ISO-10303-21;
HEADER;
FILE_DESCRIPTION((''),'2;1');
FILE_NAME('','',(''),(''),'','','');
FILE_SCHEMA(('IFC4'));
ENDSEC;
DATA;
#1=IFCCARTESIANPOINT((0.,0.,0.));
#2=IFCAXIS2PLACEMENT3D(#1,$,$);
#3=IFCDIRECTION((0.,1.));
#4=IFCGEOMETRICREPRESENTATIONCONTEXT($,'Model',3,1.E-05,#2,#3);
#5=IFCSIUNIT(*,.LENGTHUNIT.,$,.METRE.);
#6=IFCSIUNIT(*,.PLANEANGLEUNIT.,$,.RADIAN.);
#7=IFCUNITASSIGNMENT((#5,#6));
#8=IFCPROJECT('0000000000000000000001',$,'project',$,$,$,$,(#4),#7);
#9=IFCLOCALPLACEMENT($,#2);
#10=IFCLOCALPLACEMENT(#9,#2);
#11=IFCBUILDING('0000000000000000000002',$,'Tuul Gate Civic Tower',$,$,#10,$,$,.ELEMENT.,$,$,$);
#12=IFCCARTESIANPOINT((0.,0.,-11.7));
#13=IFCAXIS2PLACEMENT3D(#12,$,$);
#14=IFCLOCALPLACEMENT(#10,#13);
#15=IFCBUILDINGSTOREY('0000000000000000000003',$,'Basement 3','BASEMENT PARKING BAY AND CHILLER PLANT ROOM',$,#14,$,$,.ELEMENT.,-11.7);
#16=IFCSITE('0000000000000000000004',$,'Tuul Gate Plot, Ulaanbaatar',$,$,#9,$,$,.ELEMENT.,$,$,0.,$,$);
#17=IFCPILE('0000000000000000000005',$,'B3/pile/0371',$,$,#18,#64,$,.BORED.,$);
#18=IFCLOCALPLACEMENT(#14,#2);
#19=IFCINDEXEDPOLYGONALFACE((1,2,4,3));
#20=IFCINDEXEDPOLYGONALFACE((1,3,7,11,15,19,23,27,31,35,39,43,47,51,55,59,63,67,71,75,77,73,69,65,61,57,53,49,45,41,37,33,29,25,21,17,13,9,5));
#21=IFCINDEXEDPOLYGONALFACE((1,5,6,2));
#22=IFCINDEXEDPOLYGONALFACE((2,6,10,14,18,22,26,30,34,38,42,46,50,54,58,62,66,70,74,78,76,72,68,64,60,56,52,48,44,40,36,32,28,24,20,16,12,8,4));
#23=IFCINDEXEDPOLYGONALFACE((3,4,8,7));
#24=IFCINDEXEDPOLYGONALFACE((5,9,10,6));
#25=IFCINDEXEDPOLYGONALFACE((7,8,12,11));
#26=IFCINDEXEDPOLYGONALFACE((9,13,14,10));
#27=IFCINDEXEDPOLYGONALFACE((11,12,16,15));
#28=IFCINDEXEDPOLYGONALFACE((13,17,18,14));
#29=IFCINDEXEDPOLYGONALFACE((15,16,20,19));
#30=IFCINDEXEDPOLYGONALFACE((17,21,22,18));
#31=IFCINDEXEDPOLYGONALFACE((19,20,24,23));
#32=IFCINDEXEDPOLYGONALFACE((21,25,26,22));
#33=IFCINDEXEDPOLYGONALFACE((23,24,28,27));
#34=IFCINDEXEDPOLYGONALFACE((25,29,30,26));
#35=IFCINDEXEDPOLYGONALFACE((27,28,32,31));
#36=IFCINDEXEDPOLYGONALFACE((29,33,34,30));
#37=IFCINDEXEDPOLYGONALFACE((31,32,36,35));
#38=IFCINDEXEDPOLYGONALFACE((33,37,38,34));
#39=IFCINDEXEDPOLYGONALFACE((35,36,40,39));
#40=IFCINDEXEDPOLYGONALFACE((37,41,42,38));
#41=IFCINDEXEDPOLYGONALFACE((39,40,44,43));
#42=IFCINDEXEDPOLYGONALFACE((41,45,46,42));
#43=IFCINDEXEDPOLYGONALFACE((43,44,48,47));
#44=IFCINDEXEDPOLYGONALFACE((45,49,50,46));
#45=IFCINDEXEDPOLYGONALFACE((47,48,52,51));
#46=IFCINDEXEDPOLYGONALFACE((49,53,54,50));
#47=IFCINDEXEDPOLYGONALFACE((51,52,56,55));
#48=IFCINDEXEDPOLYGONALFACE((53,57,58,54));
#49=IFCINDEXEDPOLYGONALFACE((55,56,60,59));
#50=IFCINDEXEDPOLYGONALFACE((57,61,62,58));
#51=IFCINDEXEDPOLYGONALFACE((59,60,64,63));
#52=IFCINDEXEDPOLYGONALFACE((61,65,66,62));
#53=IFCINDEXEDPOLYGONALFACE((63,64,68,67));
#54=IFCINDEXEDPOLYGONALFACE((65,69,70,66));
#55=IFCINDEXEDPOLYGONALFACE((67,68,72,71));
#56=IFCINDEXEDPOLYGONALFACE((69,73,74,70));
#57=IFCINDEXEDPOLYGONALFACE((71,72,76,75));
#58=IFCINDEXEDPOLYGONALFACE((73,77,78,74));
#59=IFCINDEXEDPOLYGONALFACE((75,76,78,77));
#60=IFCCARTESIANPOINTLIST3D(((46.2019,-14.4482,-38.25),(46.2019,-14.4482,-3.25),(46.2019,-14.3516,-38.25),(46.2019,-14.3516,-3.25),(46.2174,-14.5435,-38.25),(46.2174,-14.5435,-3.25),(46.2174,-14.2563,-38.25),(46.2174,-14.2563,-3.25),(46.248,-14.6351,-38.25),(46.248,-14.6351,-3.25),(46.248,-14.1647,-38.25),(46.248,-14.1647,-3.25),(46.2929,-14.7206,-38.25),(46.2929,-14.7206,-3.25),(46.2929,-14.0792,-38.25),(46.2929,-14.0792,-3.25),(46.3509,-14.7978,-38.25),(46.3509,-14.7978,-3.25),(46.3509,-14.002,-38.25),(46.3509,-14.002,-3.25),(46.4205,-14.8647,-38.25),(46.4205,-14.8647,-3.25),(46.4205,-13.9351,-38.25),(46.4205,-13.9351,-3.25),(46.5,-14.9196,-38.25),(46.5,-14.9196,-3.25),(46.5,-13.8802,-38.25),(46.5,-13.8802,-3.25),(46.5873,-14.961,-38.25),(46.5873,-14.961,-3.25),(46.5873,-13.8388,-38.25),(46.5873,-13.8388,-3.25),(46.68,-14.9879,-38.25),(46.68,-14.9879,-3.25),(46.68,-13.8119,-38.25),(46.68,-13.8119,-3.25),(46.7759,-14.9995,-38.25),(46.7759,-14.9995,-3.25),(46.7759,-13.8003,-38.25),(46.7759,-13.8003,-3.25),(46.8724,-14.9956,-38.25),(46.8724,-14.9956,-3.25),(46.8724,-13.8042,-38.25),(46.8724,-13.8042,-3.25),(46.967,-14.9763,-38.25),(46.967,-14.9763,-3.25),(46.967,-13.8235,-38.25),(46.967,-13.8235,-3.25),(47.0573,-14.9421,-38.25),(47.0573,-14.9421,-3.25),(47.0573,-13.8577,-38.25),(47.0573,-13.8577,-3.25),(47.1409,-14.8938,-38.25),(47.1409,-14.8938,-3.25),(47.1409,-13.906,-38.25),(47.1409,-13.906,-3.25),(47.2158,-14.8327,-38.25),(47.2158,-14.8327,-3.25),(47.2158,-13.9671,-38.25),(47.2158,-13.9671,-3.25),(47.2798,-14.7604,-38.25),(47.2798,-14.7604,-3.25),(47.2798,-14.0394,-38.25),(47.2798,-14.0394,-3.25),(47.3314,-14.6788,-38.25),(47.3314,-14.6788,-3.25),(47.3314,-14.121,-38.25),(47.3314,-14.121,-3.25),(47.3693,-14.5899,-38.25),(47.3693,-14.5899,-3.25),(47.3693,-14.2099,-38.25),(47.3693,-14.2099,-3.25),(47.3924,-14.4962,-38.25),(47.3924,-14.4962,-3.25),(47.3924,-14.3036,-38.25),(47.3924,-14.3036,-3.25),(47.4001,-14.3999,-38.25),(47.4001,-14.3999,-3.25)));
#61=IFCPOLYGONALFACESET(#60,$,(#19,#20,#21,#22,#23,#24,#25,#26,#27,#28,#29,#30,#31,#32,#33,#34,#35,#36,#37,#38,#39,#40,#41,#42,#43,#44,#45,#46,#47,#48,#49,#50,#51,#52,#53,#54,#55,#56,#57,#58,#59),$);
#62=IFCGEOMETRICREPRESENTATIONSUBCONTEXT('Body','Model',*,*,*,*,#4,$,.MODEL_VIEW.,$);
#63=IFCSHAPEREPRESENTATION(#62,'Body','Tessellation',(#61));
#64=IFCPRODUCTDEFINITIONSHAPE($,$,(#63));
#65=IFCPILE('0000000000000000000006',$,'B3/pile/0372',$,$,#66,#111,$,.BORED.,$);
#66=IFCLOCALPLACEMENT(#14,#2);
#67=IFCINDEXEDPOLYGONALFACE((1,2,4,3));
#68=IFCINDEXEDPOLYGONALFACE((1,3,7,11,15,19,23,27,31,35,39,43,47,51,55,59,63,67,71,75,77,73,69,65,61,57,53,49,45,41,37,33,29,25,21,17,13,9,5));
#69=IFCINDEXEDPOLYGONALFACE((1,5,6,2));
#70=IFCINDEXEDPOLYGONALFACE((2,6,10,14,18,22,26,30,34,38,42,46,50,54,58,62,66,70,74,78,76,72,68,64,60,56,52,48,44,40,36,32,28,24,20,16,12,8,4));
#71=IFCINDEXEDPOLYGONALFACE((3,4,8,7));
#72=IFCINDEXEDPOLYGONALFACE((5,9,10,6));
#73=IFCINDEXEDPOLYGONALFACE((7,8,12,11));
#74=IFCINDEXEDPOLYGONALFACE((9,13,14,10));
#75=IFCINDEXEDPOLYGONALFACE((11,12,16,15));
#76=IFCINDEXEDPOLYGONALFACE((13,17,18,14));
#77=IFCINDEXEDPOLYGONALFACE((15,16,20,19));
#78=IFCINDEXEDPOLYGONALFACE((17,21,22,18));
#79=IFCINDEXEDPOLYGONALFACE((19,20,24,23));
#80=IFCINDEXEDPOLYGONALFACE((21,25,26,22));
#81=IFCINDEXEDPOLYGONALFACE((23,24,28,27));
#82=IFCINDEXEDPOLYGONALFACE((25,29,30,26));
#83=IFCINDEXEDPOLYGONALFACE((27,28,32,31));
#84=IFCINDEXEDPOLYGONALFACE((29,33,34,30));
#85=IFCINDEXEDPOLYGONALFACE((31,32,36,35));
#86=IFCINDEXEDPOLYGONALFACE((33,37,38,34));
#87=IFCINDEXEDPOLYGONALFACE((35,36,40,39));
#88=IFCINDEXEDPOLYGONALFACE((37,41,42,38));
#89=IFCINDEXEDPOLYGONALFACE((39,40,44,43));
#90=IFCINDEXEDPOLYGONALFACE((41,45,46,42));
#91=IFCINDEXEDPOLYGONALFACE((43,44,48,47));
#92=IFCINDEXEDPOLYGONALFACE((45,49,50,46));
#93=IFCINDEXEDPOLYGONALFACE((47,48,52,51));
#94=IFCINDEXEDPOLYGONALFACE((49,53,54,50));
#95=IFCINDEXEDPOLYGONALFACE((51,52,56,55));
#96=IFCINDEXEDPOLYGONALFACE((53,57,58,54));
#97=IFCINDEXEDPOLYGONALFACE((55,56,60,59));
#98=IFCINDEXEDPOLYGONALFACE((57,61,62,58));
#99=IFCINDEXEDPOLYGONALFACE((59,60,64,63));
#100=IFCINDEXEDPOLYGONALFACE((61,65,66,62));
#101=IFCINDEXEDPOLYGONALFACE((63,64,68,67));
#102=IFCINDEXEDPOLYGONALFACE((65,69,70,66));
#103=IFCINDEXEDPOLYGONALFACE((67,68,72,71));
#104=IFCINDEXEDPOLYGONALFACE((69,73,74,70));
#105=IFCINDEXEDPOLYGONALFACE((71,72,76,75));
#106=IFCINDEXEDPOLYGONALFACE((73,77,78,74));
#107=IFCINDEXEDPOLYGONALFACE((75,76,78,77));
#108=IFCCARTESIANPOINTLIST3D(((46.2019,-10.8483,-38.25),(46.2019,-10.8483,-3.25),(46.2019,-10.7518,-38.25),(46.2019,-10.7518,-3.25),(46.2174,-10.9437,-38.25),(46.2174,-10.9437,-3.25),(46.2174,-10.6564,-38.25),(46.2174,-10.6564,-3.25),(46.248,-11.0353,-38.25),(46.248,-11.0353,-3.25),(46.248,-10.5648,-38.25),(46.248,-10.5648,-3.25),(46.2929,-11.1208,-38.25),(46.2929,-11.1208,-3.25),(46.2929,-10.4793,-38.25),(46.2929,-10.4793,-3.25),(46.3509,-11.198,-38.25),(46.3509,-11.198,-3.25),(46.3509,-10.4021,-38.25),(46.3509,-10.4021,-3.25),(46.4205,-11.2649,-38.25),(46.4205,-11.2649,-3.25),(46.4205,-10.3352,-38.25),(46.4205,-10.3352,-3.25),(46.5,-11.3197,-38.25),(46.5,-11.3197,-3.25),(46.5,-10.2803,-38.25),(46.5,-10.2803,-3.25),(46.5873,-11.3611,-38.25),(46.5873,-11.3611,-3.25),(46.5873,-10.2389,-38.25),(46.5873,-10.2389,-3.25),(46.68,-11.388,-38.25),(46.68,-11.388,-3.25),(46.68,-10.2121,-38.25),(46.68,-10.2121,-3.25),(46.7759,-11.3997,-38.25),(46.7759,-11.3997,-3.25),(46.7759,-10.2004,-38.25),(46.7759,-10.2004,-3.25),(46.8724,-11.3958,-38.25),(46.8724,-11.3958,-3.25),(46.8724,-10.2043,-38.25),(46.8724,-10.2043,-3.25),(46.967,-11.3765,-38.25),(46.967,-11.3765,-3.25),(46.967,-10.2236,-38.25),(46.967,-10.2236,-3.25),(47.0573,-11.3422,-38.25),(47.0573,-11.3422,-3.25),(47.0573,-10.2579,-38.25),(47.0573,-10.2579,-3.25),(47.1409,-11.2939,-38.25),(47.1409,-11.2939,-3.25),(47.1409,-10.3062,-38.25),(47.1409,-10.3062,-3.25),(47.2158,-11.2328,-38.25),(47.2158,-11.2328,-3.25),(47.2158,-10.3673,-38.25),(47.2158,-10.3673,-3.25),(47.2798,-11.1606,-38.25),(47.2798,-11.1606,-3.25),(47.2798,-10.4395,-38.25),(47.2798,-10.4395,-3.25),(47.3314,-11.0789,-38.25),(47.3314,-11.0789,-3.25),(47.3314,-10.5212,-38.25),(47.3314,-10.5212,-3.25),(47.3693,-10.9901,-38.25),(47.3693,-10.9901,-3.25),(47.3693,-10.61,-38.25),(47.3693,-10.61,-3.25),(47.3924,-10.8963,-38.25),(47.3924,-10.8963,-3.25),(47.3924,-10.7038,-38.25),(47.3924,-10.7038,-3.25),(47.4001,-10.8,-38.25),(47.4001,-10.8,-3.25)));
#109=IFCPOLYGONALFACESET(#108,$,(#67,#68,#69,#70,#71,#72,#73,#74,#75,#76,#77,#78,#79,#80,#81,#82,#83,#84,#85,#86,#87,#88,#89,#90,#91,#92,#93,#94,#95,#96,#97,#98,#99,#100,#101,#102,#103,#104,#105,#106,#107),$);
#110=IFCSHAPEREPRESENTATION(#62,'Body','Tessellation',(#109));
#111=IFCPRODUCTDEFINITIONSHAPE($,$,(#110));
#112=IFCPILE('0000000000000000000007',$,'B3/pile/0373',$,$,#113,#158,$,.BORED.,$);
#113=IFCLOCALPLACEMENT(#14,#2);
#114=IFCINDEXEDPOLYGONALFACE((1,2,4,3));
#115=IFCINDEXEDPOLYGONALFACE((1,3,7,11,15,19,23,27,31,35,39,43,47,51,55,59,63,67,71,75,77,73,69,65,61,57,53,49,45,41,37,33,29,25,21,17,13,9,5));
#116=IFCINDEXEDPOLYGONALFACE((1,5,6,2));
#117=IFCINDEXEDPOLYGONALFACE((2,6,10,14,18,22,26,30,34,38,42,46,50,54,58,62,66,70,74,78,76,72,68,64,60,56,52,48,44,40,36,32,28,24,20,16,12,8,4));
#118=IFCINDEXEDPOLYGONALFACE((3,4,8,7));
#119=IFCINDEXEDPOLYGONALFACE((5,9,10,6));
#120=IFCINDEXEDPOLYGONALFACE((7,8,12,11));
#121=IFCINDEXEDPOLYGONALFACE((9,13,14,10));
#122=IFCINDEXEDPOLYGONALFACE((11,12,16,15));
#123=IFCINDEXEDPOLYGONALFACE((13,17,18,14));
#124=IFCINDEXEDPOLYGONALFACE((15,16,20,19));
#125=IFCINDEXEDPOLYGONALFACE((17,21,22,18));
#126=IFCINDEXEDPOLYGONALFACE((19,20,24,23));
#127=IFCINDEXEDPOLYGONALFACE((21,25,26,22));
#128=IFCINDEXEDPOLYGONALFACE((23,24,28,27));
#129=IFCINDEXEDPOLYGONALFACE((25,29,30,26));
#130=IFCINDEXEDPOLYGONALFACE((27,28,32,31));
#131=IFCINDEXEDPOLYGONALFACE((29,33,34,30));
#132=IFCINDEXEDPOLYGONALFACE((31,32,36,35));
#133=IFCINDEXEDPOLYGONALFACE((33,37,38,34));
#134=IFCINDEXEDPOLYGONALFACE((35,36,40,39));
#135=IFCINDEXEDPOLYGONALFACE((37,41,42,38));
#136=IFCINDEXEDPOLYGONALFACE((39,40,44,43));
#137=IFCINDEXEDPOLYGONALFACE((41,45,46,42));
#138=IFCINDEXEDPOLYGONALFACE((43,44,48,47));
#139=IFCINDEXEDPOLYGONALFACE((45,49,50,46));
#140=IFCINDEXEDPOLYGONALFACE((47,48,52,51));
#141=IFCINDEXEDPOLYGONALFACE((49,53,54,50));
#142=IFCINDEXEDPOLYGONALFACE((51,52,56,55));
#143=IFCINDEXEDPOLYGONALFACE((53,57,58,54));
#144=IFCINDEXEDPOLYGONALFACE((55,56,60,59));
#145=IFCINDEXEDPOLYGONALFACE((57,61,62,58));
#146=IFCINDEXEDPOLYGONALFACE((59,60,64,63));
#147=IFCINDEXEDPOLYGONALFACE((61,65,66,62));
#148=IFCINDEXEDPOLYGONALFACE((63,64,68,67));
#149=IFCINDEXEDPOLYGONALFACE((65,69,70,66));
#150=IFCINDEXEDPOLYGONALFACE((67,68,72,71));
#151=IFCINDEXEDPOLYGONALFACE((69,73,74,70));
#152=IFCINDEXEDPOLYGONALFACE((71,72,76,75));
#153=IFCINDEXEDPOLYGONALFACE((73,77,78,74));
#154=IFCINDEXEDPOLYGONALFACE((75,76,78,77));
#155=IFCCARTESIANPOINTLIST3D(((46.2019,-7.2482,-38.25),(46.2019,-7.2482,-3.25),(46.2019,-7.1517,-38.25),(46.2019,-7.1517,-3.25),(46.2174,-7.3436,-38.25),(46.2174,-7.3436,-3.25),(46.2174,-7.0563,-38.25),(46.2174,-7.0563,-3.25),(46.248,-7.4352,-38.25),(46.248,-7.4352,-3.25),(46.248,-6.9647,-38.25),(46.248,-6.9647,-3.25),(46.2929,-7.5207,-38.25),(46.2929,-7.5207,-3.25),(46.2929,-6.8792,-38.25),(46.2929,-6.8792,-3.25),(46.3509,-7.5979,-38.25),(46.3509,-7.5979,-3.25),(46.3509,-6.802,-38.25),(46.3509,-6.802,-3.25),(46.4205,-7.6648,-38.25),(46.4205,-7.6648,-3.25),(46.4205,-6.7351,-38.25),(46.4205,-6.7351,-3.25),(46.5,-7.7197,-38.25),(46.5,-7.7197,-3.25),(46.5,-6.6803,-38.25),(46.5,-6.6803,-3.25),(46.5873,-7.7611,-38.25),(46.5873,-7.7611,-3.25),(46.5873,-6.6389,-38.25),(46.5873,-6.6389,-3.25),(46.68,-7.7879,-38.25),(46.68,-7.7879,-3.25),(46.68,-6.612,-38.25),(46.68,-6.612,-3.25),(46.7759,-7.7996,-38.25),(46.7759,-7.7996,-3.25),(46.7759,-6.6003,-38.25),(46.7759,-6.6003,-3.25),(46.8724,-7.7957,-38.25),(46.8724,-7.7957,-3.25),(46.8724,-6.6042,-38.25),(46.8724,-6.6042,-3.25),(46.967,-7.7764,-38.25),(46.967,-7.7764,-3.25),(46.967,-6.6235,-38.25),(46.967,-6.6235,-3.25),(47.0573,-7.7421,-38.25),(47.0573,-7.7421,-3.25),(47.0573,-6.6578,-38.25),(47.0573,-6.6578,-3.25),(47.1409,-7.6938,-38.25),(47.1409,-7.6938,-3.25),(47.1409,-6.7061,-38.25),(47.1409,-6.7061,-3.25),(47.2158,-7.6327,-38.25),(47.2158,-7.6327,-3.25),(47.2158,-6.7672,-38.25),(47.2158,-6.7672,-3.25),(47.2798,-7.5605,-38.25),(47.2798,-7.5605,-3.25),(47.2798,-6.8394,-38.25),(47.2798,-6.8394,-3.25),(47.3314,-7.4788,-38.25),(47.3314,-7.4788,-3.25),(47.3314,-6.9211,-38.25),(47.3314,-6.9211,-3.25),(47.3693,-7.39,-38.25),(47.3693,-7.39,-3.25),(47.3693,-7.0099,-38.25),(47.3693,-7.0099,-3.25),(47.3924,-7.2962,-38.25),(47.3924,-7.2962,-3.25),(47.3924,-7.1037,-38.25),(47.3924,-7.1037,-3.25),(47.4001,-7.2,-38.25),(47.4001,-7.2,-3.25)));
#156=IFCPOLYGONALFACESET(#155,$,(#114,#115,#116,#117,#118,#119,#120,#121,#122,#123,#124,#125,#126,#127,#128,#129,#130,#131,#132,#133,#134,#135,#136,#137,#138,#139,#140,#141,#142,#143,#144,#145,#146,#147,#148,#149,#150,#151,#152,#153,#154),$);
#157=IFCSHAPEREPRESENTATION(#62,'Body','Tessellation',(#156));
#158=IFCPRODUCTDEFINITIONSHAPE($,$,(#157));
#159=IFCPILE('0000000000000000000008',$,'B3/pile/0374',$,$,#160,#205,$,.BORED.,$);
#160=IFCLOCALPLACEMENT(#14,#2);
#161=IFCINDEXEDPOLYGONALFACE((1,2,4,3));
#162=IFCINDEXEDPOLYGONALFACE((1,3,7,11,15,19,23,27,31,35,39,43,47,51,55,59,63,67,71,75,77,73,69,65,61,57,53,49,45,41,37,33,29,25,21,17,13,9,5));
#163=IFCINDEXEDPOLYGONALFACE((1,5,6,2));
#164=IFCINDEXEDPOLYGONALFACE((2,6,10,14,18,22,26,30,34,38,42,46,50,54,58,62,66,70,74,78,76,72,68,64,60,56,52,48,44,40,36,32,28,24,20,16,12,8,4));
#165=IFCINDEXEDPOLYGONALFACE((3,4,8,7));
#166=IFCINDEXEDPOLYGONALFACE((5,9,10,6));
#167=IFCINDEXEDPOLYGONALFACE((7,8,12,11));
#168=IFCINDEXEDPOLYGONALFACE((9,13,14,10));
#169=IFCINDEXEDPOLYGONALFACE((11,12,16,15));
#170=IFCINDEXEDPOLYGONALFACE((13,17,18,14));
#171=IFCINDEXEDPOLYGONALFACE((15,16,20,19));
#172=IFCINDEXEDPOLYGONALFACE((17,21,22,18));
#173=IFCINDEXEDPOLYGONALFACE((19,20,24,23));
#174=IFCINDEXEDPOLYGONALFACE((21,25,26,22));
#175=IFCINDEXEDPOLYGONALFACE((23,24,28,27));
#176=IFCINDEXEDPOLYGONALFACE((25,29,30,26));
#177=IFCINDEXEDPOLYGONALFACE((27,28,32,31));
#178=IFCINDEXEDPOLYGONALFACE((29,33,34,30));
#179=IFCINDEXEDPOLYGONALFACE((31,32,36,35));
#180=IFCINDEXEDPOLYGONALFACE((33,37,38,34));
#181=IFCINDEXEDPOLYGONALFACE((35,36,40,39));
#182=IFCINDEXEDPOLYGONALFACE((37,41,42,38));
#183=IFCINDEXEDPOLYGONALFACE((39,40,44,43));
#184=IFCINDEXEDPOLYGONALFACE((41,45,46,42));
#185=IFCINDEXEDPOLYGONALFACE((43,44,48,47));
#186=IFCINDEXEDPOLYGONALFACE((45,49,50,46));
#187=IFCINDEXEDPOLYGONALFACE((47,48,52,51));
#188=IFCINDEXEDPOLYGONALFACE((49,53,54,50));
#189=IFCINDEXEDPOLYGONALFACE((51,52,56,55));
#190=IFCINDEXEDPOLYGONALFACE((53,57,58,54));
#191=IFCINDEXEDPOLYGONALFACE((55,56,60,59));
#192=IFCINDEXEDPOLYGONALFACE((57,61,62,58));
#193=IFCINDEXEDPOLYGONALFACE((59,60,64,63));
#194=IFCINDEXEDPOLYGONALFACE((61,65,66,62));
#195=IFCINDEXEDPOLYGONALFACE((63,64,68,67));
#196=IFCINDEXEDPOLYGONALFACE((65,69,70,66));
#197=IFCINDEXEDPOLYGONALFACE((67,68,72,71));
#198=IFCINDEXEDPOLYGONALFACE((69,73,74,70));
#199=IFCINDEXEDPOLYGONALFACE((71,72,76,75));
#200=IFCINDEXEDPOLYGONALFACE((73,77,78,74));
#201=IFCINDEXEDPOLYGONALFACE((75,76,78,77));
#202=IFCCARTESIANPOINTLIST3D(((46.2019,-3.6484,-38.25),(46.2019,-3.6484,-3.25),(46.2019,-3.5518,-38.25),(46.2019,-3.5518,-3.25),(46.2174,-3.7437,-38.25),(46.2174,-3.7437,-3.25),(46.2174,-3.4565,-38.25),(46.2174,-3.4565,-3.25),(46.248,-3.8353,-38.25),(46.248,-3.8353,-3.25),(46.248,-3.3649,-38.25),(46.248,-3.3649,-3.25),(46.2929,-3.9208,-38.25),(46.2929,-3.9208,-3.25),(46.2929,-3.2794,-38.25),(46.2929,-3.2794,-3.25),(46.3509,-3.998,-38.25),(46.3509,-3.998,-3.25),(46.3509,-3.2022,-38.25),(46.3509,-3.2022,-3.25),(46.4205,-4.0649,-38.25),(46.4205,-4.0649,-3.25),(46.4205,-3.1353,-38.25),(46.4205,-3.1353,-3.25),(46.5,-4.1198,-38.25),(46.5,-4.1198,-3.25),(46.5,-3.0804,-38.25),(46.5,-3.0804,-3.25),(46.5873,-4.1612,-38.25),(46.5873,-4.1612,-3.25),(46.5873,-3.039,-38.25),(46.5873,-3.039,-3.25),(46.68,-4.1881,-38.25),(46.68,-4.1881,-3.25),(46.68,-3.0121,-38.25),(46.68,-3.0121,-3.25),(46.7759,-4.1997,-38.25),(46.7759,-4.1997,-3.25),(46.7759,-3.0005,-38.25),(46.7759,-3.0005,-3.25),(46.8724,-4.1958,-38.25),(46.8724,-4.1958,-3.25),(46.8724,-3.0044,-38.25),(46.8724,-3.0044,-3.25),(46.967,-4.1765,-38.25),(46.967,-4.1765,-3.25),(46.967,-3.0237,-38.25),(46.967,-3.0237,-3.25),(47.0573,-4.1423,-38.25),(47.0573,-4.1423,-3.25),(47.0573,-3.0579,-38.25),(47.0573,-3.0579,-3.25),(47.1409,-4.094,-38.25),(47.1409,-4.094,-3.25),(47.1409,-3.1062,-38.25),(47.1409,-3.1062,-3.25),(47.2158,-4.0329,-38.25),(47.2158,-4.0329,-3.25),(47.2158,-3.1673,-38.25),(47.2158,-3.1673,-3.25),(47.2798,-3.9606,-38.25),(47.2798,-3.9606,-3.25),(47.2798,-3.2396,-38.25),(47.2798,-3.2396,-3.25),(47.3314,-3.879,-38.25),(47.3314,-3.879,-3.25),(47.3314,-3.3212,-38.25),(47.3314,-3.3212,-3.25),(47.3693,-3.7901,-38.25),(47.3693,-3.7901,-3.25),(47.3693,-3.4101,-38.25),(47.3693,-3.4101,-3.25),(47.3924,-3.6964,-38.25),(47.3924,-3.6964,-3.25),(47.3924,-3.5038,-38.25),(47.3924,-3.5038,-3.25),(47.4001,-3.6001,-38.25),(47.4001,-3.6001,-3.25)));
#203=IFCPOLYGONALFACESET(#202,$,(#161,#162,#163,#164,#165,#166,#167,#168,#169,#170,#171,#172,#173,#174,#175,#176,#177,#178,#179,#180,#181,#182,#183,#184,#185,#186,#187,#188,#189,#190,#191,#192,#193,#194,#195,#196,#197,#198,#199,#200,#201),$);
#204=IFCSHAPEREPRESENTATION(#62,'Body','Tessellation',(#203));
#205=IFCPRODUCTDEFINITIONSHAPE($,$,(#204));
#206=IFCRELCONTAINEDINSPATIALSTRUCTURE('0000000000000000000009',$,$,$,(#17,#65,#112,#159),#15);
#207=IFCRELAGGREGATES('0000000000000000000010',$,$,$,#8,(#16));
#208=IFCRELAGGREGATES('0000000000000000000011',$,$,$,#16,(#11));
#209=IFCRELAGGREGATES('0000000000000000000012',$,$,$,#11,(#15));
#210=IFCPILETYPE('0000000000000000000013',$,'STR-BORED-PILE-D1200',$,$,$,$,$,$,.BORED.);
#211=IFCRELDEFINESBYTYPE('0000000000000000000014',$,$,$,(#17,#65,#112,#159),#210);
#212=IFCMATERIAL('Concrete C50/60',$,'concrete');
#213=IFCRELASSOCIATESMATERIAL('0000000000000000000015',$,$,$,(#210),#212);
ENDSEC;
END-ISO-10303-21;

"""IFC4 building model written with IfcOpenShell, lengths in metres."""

from ifc_helpers import new_model, si_unit, direction, frame, origin, origin_2d, place, context, subcontext, project, spatial, circle, extrude, material, material_profile, profile_set, type_object, element, save


model = new_model("IFC4")

# Units and contexts
model_context = context("Model", 3, precision=1e-05, world=origin(), true_north=direction((0.0, 1.0)))
body_context = subcontext(model_context, "Body", "Model", "MODEL_VIEW")
ifc_project = project(units=[si_unit("LENGTHUNIT", "METRE"), si_unit("PLANEANGLEUNIT", "RADIAN")], contexts=[model_context])

# Site, building, storey
site_placement = place(None, origin())
site = spatial("IfcSite", under=ifc_project, at=site_placement, Name="Tuul Gate Plot, Ulaanbaatar", CompositionType="ELEMENT", RefElevation=0.0)
building_placement = place(site_placement, origin())
building = spatial("IfcBuilding", under=site, at=building_placement, Name="Tuul Gate Civic Tower", CompositionType="ELEMENT")
storey_placement = place(building_placement, frame((0.0, 0.0, -11.7)))
storey = spatial("IfcBuildingStorey", under=building, at=storey_placement, Name="Basement 3", Description="BASEMENT PARKING BAY AND CHILLER PLANT ROOM", CompositionType="ELEMENT", Elevation=-11.7)

# Piles
ifc_material_1 = material(Name="Concrete C50/60", Category="concrete")
ifc_material_profile_1 = material_profile(ifc_material_1, circle(Radius=0.6001, at=origin_2d()), Name="PILE1200")
ifc_profile_set_1 = profile_set([ifc_material_profile_1], Name="Concrete C50/60")
pile_type = type_object("IfcPileType", Name="STR-BORED-PILE-D1200", PredefinedType="BORED", material=ifc_profile_set_1)
for number, where, z_axis, x_axis, name in (
    (1, (46.8, -14.3999, -3.25), (0.0, 0.0, -1.0), (1.0, 0.0, 0.0), "B3/pile/0371"),
    (2, (46.8, -10.8, -3.25), (0.0, 0.0, -1.0), (1.0, 0.0, 0.0), "B3/pile/0372"),
    (3, (46.8, -7.2, -3.25), (0.0, 0.0, -1.0), (1.0, 0.0, 0.0), "B3/pile/0373"),
    (4, (46.8, -3.6001, -3.25), (0.0, 0.0, -1.0), (1.0, 0.0, 0.0), "B3/pile/0374"),
):
    element("IfcPile", number, at=place(storey_placement, frame(where, z_axis=z_axis, x_axis=x_axis)), inside=storey, type_object=pile_type, Name=name, PredefinedType="BORED", context=body_context, shape_type="SweptSolid", body=[
        extrude(circle(Radius=0.6001, at=origin_2d()), origin(), (0.0, 0.0, 1.0), 35.0),
    ])

save(model, "model.ifc")
